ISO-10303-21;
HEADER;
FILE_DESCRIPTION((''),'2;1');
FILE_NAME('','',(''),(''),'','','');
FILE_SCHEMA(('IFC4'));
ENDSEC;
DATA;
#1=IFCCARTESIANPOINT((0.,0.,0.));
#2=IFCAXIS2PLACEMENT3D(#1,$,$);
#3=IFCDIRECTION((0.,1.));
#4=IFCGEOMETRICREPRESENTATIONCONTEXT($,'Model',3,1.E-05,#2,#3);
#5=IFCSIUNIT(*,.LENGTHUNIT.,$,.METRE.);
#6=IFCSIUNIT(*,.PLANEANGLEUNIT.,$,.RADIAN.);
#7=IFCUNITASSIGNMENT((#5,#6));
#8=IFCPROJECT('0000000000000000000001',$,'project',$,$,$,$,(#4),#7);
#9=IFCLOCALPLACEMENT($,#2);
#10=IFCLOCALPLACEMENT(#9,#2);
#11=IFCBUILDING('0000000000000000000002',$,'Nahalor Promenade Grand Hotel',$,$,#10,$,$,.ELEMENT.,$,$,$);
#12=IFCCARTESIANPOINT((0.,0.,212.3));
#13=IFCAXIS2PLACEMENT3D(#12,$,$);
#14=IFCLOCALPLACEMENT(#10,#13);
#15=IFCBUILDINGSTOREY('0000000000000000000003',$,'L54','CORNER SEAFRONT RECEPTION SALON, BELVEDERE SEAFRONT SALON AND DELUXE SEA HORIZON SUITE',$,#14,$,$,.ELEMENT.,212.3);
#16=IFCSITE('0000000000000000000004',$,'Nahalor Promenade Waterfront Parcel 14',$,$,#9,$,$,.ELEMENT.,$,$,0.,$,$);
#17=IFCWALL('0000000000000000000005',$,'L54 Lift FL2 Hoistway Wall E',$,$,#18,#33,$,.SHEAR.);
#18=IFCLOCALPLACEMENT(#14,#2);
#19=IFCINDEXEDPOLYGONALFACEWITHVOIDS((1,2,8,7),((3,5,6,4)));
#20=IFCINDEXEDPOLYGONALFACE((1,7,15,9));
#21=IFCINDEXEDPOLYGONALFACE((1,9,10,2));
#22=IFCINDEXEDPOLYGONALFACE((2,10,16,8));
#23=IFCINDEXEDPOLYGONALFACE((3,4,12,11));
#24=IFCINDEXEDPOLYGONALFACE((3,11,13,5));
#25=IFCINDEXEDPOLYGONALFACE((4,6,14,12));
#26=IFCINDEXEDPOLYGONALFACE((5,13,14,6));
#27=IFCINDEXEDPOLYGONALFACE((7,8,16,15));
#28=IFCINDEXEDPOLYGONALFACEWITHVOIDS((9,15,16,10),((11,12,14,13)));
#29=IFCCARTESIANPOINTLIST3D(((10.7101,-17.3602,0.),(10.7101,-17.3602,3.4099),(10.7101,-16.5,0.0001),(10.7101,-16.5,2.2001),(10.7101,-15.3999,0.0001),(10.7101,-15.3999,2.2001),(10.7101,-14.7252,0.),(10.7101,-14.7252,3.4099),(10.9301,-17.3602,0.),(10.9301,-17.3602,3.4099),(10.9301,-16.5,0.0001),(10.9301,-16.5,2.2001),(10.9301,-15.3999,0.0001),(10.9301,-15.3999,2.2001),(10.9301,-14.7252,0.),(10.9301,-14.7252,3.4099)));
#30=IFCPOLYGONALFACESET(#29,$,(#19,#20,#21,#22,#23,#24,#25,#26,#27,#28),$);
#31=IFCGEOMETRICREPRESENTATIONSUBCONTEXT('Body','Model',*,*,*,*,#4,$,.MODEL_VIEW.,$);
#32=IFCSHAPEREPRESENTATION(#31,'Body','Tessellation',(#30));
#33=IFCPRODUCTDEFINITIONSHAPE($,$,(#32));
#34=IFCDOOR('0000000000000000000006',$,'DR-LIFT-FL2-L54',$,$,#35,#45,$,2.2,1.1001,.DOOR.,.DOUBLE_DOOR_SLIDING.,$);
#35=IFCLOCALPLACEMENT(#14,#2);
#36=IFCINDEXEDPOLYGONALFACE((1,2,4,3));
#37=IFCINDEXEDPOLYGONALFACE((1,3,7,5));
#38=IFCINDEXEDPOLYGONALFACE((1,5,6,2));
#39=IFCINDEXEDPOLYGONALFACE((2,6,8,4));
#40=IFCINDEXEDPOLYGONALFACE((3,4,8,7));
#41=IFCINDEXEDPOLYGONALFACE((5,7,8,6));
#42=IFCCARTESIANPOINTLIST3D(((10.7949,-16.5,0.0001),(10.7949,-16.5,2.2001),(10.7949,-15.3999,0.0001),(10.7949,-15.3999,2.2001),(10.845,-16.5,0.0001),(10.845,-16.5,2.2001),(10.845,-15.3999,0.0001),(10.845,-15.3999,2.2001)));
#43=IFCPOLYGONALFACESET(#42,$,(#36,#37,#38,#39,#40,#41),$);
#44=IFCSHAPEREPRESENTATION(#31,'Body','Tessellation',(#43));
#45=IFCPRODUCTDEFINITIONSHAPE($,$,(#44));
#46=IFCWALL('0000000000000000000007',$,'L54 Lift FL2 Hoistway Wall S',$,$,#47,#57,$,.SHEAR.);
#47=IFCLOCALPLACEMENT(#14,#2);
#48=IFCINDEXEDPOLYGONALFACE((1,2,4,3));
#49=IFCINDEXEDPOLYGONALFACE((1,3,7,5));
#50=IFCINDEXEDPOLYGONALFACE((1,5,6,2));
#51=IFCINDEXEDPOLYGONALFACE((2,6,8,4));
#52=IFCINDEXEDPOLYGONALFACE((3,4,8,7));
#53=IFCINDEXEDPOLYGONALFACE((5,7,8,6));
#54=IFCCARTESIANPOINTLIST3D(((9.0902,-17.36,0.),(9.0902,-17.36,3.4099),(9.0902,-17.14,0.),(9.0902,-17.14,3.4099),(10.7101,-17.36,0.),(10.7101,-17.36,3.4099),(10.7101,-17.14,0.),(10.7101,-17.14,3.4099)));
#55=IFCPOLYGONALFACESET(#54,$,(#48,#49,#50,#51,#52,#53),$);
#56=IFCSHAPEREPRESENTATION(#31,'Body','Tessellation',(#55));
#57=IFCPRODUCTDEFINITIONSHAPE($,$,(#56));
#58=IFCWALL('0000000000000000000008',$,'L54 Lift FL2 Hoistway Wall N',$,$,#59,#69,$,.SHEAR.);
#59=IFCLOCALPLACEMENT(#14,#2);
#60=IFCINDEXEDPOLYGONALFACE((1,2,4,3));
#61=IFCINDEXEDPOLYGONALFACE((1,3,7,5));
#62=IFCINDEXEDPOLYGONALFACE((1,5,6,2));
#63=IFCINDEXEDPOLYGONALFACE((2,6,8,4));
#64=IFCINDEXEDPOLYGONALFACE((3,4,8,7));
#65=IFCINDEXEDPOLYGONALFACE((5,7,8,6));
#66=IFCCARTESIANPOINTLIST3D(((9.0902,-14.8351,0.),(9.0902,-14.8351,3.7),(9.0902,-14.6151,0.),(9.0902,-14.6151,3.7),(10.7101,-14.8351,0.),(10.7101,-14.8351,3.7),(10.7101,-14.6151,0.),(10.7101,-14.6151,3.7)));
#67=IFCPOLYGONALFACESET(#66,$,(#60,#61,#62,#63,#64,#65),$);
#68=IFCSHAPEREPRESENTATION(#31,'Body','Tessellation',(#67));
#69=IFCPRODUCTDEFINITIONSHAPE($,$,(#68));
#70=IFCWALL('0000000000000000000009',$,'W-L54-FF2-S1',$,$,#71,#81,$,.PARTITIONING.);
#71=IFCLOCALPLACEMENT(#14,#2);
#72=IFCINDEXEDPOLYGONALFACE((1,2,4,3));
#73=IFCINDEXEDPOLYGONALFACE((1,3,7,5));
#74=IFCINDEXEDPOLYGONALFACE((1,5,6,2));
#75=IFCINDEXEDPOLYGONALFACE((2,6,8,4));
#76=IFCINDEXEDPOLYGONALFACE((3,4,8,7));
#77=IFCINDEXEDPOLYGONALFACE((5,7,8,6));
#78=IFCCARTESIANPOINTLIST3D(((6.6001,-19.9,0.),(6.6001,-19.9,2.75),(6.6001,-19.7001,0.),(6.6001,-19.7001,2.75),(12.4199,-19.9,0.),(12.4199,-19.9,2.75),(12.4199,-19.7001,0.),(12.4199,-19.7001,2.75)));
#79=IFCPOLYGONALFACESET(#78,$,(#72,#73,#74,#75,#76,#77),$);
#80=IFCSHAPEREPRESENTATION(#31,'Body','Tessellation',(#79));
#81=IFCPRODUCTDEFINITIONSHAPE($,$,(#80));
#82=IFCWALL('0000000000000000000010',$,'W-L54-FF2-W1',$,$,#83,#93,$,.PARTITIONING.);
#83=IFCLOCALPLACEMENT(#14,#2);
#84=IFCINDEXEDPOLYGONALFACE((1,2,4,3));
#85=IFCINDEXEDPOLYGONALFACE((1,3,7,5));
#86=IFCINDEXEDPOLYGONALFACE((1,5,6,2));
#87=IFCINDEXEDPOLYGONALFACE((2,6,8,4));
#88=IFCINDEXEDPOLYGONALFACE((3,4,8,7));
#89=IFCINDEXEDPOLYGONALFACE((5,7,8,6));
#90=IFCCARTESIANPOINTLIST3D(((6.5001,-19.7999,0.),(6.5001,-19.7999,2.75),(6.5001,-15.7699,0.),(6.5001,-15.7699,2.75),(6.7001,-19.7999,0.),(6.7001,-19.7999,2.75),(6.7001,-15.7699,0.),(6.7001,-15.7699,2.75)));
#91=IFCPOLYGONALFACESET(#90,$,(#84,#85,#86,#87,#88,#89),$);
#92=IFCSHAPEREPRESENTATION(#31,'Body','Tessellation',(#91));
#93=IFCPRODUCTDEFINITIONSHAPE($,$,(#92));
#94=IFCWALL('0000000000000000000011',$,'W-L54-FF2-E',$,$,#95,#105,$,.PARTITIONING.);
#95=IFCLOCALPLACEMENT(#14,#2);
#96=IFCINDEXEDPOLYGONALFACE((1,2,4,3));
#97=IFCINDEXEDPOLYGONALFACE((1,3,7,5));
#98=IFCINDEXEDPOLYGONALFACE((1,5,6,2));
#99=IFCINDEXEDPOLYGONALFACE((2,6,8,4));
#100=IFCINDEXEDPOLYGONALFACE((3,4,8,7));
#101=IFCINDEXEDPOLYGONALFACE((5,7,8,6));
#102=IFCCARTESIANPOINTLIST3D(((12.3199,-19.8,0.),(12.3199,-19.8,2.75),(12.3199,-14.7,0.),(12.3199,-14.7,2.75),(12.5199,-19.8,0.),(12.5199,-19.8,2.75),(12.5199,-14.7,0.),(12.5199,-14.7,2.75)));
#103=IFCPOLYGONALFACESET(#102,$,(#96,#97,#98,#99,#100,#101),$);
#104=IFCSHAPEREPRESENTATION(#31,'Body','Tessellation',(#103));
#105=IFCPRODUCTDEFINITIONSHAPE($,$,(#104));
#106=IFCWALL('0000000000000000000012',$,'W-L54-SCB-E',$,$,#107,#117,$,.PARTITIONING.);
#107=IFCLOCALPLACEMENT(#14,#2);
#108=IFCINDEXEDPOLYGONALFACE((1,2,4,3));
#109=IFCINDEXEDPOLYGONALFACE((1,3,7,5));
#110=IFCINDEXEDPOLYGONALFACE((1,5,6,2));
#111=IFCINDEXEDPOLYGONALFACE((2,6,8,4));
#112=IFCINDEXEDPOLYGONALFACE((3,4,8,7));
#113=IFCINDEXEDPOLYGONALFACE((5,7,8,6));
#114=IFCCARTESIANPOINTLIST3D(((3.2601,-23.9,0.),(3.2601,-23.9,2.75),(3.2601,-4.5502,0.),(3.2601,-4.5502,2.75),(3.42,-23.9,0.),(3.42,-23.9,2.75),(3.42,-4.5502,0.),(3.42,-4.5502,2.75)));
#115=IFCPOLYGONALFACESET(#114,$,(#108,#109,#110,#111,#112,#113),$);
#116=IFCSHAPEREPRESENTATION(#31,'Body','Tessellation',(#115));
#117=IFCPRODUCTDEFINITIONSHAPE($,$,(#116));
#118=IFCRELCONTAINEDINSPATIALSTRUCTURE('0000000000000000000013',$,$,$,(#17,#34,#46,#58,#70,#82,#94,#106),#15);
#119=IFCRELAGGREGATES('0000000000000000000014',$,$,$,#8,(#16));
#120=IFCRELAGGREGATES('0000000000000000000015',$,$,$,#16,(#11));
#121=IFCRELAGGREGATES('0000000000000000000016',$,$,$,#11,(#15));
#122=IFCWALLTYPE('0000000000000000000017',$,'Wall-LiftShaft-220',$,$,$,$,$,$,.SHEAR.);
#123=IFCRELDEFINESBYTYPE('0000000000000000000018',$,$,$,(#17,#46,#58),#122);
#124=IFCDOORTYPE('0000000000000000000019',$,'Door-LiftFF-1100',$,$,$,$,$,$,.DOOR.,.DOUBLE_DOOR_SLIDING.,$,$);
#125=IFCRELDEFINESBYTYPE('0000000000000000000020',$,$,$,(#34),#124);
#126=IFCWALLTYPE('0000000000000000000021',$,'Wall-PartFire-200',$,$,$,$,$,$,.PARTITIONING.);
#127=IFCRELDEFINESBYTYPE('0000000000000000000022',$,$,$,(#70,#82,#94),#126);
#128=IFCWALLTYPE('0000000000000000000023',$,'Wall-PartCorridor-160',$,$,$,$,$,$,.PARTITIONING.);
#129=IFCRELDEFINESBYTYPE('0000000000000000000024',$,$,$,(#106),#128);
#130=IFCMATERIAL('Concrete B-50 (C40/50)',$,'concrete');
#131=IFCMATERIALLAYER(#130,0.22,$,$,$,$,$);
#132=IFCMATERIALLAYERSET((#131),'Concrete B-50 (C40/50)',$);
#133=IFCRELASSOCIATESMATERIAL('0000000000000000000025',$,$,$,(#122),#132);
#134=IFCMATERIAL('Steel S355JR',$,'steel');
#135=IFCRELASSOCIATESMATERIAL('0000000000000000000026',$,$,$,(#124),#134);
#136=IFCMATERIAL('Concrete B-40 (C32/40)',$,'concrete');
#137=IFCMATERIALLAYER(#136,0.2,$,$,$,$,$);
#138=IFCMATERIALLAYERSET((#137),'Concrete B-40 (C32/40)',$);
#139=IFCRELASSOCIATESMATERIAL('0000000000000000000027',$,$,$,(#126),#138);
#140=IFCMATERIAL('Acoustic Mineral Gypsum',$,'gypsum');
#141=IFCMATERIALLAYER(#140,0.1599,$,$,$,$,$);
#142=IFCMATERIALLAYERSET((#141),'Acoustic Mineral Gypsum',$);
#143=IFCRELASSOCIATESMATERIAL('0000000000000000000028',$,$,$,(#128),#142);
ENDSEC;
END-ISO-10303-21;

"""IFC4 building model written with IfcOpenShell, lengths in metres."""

from ifc_helpers import new_model, si_unit, direction, frame, frame_2d, origin, place, context, subcontext, project, spatial, rectangle, extrude, source, transform, mapped, material, layer, layer_set, type_object, element, fill, save


model = new_model("IFC4")

# Units and contexts
model_context = context("Model", 3, precision=1e-05, world=origin(), true_north=direction((0.0, 1.0)))
body_context = subcontext(model_context, "Body", "Model", "MODEL_VIEW")
ifc_project = project(units=[si_unit("LENGTHUNIT", "METRE"), si_unit("PLANEANGLEUNIT", "RADIAN")], contexts=[model_context])

# Site, building, storey
site_placement = place(None, origin())
site = spatial("IfcSite", under=ifc_project, at=site_placement, Name="Nahalor Promenade Waterfront Parcel 14", CompositionType="ELEMENT", RefElevation=0.0)
building_placement = place(site_placement, origin())
building = spatial("IfcBuilding", under=site, at=building_placement, Name="Nahalor Promenade Grand Hotel", CompositionType="ELEMENT")
storey_placement = place(building_placement, frame((0.0, 0.0, 212.3)))
storey = spatial("IfcBuildingStorey", under=building, at=storey_placement, Name="L54", Description="CORNER SEAFRONT RECEPTION SALON, BELVEDERE SEAFRONT SALON AND DELUXE SEA HORIZON SUITE", CompositionType="ELEMENT", Elevation=212.3)

# Shared definitions
ifc_material_1 = material(Name="Steel S355JR", Category="steel")

# Shared definitions
ifc_material_2 = material(Name="Concrete B-50 (C40/50)", Category="concrete")

# Shared definitions
ifc_layer_1 = layer(ifc_material_2, 0.22)
ifc_layer_set_1 = layer_set([ifc_layer_1], Name="Concrete B-50 (C40/50)")
wall_type_1 = type_object("IfcWallType", Name="Wall-LiftShaft-220", PredefinedType="SHEAR", material=ifc_layer_set_1)
shared_shape_1 = source(origin(), body_context, "Body", "SweptSolid", [
    extrude(rectangle(XDim=2.635, YDim=0.22, at=frame_2d((1.3174, 0.0))), origin(), (0.0, 0.0, 1.0), 3.4099),
])

# Wall, opening, door
wall_1_placement = place(storey_placement, frame((10.8201, -17.3601, 0.0), z_axis=(0.0, 0.0, 1.0), x_axis=(0.0, 1.0, 0.0)))
wall_1 = element("IfcWall", 1, at=wall_1_placement, inside=storey, type_object=wall_type_1, Name="L54 Lift FL2 Hoistway Wall E", PredefinedType="SHEAR", context=body_context, shape_type="MappedRepresentation", body=[
    mapped(shared_shape_1, transform((0.0, 0.0, 0.0), scale=1.0)),
])
opening_1_placement = place(wall_1_placement, frame((0.8601, 0.0, 0.0)))
opening_1 = element("IfcOpeningElement", 2, at=opening_1_placement, cuts=wall_1, PredefinedType="OPENING", context=body_context, shape_type="SweptSolid", body=[
    extrude(rectangle(XDim=1.1001, YDim=2.2, at=frame_2d((0.55, 1.1001))), frame((0.0, 0.1199, 0.0), z_axis=(0.0, -1.0, 0.0), x_axis=(1.0, 0.0, 0.0)), (0.0, 0.0, 1.0), 0.24),
])
door_type_1 = type_object("IfcDoorType", Name="Door-LiftFF-1100", OperationType="DOUBLE_DOOR_SLIDING", PredefinedType="DOOR", material=ifc_material_1)
shared_shape_2 = source(origin(), body_context, "Body", "SweptSolid", [
    extrude(rectangle(XDim=1.1001, YDim=2.2, at=frame_2d((0.55, 1.1001))), frame((0.0, 0.0249, 0.0), z_axis=(0.0, -1.0, 0.0), x_axis=(1.0, 0.0, 0.0)), (0.0, 0.0, 1.0), 0.05),
])
door_1_placement = place(opening_1_placement, frame((1.1001, 0.0, 0.0), z_axis=(0.0, 0.0, 1.0), x_axis=(-1.0, 0.0, 0.0)))
door_1 = element("IfcDoor", 3, at=door_1_placement, inside=storey, type_object=door_type_1, Name="DR-LIFT-FL2-L54", OperationType="DOUBLE_DOOR_SLIDING", OverallHeight=2.2, OverallWidth=1.1001, PredefinedType="DOOR", context=body_context, shape_type="MappedRepresentation", body=[
    mapped(shared_shape_2, transform((0.0, 0.0, 0.0), scale=1.0)),
])
fill(opening_1, door_1)

# Walls
shared_shape_3 = source(origin(), body_context, "Body", "SweptSolid", [
    extrude(rectangle(XDim=1.6199, YDim=0.22, at=frame_2d((0.8101, 0.0))), origin(), (0.0, 0.0, 1.0), 3.4099),
])
wall_2_placement = place(storey_placement, frame((9.0901, -17.25, 0.0), z_axis=(0.0, 0.0, 1.0), x_axis=(1.0, 0.0, 0.0)))
element("IfcWall", 4, at=wall_2_placement, inside=storey, type_object=wall_type_1, Name="L54 Lift FL2 Hoistway Wall S", PredefinedType="SHEAR", context=body_context, shape_type="MappedRepresentation", body=[
    mapped(shared_shape_3, transform((0.0, 0.0, 0.0), scale=1.0)),
])
shared_shape_4 = source(origin(), body_context, "Body", "SweptSolid", [
    extrude(rectangle(XDim=1.6199, YDim=0.22, at=frame_2d((0.8101, 0.0))), origin(), (0.0, 0.0, 1.0), 3.7),
])
wall_3_placement = place(storey_placement, frame((9.0901, -14.7251, 0.0), z_axis=(0.0, 0.0, 1.0), x_axis=(1.0, 0.0, 0.0)))
element("IfcWall", 5, at=wall_3_placement, inside=storey, type_object=wall_type_1, Name="L54 Lift FL2 Hoistway Wall N", PredefinedType="SHEAR", context=body_context, shape_type="MappedRepresentation", body=[
    mapped(shared_shape_4, transform((0.0, 0.0, 0.0), scale=1.0)),
])
ifc_material_3 = material(Name="Concrete B-40 (C32/40)", Category="concrete")
ifc_layer_2 = layer(ifc_material_3, 0.2)
ifc_layer_set_2 = layer_set([ifc_layer_2], Name="Concrete B-40 (C32/40)")
wall_type_2 = type_object("IfcWallType", Name="Wall-PartFire-200", PredefinedType="PARTITIONING", material=ifc_layer_set_2)
shared_shape_5 = source(origin(), body_context, "Body", "SweptSolid", [
    extrude(rectangle(XDim=5.8198, YDim=0.2, at=frame_2d((2.9099, 0.0))), origin(), (0.0, 0.0, 1.0), 2.75),
])
wall_4_placement = place(storey_placement, frame((6.6001, -19.8, 0.0), z_axis=(0.0, 0.0, 1.0), x_axis=(1.0, 0.0, 0.0)))
element("IfcWall", 6, at=wall_4_placement, inside=storey, type_object=wall_type_2, Name="W-L54-FF2-S1", PredefinedType="PARTITIONING", context=body_context, shape_type="MappedRepresentation", body=[
    mapped(shared_shape_5, transform((0.0, 0.0, 0.0), scale=1.0)),
])
shared_shape_6 = source(origin(), body_context, "Body", "SweptSolid", [
    extrude(rectangle(XDim=4.03, YDim=0.2, at=frame_2d((2.0151, 0.0))), origin(), (0.0, 0.0, 1.0), 2.75),
])
wall_5_placement = place(storey_placement, frame((6.6001, -19.8, 0.0), z_axis=(0.0, 0.0, 1.0), x_axis=(0.0, 1.0, 0.0)))
element("IfcWall", 7, at=wall_5_placement, inside=storey, type_object=wall_type_2, Name="W-L54-FF2-W1", PredefinedType="PARTITIONING", context=body_context, shape_type="MappedRepresentation", body=[
    mapped(shared_shape_6, transform((0.0, 0.0, 0.0), scale=1.0)),
])
shared_shape_7 = source(origin(), body_context, "Body", "SweptSolid", [
    extrude(rectangle(XDim=5.1001, YDim=0.2, at=frame_2d((2.55, 0.0))), origin(), (0.0, 0.0, 1.0), 2.75),
])
wall_6_placement = place(storey_placement, frame((12.4199, -19.8, 0.0), z_axis=(0.0, 0.0, 1.0), x_axis=(0.0, 1.0, 0.0)))
element("IfcWall", 8, at=wall_6_placement, inside=storey, type_object=wall_type_2, Name="W-L54-FF2-E", PredefinedType="PARTITIONING", context=body_context, shape_type="MappedRepresentation", body=[
    mapped(shared_shape_7, transform((0.0, 0.0, 0.0), scale=1.0)),
])

# Wall
ifc_material_4 = material(Name="Acoustic Mineral Gypsum", Category="gypsum")
ifc_layer_3 = layer(ifc_material_4, 0.1599)
ifc_layer_set_3 = layer_set([ifc_layer_3], Name="Acoustic Mineral Gypsum")
wall_type_3 = type_object("IfcWallType", Name="Wall-PartCorridor-160", PredefinedType="PARTITIONING", material=ifc_layer_set_3)
shared_shape_8 = source(origin(), body_context, "Body", "SweptSolid", [
    extrude(rectangle(XDim=19.3499, YDim=0.1599, at=frame_2d((9.6748, 0.0))), origin(), (0.0, 0.0, 1.0), 2.75),
])
wall_7_placement = place(storey_placement, frame((3.3401, -23.8999, 0.0), z_axis=(0.0, 0.0, 1.0), x_axis=(0.0, 1.0, 0.0)))
element("IfcWall", 9, at=wall_7_placement, inside=storey, type_object=wall_type_3, Name="W-L54-SCB-E", PredefinedType="PARTITIONING", context=body_context, shape_type="MappedRepresentation", body=[
    mapped(shared_shape_8, transform((0.0, 0.0, 0.0), scale=1.0)),
])

save(model, "model.ifc")
